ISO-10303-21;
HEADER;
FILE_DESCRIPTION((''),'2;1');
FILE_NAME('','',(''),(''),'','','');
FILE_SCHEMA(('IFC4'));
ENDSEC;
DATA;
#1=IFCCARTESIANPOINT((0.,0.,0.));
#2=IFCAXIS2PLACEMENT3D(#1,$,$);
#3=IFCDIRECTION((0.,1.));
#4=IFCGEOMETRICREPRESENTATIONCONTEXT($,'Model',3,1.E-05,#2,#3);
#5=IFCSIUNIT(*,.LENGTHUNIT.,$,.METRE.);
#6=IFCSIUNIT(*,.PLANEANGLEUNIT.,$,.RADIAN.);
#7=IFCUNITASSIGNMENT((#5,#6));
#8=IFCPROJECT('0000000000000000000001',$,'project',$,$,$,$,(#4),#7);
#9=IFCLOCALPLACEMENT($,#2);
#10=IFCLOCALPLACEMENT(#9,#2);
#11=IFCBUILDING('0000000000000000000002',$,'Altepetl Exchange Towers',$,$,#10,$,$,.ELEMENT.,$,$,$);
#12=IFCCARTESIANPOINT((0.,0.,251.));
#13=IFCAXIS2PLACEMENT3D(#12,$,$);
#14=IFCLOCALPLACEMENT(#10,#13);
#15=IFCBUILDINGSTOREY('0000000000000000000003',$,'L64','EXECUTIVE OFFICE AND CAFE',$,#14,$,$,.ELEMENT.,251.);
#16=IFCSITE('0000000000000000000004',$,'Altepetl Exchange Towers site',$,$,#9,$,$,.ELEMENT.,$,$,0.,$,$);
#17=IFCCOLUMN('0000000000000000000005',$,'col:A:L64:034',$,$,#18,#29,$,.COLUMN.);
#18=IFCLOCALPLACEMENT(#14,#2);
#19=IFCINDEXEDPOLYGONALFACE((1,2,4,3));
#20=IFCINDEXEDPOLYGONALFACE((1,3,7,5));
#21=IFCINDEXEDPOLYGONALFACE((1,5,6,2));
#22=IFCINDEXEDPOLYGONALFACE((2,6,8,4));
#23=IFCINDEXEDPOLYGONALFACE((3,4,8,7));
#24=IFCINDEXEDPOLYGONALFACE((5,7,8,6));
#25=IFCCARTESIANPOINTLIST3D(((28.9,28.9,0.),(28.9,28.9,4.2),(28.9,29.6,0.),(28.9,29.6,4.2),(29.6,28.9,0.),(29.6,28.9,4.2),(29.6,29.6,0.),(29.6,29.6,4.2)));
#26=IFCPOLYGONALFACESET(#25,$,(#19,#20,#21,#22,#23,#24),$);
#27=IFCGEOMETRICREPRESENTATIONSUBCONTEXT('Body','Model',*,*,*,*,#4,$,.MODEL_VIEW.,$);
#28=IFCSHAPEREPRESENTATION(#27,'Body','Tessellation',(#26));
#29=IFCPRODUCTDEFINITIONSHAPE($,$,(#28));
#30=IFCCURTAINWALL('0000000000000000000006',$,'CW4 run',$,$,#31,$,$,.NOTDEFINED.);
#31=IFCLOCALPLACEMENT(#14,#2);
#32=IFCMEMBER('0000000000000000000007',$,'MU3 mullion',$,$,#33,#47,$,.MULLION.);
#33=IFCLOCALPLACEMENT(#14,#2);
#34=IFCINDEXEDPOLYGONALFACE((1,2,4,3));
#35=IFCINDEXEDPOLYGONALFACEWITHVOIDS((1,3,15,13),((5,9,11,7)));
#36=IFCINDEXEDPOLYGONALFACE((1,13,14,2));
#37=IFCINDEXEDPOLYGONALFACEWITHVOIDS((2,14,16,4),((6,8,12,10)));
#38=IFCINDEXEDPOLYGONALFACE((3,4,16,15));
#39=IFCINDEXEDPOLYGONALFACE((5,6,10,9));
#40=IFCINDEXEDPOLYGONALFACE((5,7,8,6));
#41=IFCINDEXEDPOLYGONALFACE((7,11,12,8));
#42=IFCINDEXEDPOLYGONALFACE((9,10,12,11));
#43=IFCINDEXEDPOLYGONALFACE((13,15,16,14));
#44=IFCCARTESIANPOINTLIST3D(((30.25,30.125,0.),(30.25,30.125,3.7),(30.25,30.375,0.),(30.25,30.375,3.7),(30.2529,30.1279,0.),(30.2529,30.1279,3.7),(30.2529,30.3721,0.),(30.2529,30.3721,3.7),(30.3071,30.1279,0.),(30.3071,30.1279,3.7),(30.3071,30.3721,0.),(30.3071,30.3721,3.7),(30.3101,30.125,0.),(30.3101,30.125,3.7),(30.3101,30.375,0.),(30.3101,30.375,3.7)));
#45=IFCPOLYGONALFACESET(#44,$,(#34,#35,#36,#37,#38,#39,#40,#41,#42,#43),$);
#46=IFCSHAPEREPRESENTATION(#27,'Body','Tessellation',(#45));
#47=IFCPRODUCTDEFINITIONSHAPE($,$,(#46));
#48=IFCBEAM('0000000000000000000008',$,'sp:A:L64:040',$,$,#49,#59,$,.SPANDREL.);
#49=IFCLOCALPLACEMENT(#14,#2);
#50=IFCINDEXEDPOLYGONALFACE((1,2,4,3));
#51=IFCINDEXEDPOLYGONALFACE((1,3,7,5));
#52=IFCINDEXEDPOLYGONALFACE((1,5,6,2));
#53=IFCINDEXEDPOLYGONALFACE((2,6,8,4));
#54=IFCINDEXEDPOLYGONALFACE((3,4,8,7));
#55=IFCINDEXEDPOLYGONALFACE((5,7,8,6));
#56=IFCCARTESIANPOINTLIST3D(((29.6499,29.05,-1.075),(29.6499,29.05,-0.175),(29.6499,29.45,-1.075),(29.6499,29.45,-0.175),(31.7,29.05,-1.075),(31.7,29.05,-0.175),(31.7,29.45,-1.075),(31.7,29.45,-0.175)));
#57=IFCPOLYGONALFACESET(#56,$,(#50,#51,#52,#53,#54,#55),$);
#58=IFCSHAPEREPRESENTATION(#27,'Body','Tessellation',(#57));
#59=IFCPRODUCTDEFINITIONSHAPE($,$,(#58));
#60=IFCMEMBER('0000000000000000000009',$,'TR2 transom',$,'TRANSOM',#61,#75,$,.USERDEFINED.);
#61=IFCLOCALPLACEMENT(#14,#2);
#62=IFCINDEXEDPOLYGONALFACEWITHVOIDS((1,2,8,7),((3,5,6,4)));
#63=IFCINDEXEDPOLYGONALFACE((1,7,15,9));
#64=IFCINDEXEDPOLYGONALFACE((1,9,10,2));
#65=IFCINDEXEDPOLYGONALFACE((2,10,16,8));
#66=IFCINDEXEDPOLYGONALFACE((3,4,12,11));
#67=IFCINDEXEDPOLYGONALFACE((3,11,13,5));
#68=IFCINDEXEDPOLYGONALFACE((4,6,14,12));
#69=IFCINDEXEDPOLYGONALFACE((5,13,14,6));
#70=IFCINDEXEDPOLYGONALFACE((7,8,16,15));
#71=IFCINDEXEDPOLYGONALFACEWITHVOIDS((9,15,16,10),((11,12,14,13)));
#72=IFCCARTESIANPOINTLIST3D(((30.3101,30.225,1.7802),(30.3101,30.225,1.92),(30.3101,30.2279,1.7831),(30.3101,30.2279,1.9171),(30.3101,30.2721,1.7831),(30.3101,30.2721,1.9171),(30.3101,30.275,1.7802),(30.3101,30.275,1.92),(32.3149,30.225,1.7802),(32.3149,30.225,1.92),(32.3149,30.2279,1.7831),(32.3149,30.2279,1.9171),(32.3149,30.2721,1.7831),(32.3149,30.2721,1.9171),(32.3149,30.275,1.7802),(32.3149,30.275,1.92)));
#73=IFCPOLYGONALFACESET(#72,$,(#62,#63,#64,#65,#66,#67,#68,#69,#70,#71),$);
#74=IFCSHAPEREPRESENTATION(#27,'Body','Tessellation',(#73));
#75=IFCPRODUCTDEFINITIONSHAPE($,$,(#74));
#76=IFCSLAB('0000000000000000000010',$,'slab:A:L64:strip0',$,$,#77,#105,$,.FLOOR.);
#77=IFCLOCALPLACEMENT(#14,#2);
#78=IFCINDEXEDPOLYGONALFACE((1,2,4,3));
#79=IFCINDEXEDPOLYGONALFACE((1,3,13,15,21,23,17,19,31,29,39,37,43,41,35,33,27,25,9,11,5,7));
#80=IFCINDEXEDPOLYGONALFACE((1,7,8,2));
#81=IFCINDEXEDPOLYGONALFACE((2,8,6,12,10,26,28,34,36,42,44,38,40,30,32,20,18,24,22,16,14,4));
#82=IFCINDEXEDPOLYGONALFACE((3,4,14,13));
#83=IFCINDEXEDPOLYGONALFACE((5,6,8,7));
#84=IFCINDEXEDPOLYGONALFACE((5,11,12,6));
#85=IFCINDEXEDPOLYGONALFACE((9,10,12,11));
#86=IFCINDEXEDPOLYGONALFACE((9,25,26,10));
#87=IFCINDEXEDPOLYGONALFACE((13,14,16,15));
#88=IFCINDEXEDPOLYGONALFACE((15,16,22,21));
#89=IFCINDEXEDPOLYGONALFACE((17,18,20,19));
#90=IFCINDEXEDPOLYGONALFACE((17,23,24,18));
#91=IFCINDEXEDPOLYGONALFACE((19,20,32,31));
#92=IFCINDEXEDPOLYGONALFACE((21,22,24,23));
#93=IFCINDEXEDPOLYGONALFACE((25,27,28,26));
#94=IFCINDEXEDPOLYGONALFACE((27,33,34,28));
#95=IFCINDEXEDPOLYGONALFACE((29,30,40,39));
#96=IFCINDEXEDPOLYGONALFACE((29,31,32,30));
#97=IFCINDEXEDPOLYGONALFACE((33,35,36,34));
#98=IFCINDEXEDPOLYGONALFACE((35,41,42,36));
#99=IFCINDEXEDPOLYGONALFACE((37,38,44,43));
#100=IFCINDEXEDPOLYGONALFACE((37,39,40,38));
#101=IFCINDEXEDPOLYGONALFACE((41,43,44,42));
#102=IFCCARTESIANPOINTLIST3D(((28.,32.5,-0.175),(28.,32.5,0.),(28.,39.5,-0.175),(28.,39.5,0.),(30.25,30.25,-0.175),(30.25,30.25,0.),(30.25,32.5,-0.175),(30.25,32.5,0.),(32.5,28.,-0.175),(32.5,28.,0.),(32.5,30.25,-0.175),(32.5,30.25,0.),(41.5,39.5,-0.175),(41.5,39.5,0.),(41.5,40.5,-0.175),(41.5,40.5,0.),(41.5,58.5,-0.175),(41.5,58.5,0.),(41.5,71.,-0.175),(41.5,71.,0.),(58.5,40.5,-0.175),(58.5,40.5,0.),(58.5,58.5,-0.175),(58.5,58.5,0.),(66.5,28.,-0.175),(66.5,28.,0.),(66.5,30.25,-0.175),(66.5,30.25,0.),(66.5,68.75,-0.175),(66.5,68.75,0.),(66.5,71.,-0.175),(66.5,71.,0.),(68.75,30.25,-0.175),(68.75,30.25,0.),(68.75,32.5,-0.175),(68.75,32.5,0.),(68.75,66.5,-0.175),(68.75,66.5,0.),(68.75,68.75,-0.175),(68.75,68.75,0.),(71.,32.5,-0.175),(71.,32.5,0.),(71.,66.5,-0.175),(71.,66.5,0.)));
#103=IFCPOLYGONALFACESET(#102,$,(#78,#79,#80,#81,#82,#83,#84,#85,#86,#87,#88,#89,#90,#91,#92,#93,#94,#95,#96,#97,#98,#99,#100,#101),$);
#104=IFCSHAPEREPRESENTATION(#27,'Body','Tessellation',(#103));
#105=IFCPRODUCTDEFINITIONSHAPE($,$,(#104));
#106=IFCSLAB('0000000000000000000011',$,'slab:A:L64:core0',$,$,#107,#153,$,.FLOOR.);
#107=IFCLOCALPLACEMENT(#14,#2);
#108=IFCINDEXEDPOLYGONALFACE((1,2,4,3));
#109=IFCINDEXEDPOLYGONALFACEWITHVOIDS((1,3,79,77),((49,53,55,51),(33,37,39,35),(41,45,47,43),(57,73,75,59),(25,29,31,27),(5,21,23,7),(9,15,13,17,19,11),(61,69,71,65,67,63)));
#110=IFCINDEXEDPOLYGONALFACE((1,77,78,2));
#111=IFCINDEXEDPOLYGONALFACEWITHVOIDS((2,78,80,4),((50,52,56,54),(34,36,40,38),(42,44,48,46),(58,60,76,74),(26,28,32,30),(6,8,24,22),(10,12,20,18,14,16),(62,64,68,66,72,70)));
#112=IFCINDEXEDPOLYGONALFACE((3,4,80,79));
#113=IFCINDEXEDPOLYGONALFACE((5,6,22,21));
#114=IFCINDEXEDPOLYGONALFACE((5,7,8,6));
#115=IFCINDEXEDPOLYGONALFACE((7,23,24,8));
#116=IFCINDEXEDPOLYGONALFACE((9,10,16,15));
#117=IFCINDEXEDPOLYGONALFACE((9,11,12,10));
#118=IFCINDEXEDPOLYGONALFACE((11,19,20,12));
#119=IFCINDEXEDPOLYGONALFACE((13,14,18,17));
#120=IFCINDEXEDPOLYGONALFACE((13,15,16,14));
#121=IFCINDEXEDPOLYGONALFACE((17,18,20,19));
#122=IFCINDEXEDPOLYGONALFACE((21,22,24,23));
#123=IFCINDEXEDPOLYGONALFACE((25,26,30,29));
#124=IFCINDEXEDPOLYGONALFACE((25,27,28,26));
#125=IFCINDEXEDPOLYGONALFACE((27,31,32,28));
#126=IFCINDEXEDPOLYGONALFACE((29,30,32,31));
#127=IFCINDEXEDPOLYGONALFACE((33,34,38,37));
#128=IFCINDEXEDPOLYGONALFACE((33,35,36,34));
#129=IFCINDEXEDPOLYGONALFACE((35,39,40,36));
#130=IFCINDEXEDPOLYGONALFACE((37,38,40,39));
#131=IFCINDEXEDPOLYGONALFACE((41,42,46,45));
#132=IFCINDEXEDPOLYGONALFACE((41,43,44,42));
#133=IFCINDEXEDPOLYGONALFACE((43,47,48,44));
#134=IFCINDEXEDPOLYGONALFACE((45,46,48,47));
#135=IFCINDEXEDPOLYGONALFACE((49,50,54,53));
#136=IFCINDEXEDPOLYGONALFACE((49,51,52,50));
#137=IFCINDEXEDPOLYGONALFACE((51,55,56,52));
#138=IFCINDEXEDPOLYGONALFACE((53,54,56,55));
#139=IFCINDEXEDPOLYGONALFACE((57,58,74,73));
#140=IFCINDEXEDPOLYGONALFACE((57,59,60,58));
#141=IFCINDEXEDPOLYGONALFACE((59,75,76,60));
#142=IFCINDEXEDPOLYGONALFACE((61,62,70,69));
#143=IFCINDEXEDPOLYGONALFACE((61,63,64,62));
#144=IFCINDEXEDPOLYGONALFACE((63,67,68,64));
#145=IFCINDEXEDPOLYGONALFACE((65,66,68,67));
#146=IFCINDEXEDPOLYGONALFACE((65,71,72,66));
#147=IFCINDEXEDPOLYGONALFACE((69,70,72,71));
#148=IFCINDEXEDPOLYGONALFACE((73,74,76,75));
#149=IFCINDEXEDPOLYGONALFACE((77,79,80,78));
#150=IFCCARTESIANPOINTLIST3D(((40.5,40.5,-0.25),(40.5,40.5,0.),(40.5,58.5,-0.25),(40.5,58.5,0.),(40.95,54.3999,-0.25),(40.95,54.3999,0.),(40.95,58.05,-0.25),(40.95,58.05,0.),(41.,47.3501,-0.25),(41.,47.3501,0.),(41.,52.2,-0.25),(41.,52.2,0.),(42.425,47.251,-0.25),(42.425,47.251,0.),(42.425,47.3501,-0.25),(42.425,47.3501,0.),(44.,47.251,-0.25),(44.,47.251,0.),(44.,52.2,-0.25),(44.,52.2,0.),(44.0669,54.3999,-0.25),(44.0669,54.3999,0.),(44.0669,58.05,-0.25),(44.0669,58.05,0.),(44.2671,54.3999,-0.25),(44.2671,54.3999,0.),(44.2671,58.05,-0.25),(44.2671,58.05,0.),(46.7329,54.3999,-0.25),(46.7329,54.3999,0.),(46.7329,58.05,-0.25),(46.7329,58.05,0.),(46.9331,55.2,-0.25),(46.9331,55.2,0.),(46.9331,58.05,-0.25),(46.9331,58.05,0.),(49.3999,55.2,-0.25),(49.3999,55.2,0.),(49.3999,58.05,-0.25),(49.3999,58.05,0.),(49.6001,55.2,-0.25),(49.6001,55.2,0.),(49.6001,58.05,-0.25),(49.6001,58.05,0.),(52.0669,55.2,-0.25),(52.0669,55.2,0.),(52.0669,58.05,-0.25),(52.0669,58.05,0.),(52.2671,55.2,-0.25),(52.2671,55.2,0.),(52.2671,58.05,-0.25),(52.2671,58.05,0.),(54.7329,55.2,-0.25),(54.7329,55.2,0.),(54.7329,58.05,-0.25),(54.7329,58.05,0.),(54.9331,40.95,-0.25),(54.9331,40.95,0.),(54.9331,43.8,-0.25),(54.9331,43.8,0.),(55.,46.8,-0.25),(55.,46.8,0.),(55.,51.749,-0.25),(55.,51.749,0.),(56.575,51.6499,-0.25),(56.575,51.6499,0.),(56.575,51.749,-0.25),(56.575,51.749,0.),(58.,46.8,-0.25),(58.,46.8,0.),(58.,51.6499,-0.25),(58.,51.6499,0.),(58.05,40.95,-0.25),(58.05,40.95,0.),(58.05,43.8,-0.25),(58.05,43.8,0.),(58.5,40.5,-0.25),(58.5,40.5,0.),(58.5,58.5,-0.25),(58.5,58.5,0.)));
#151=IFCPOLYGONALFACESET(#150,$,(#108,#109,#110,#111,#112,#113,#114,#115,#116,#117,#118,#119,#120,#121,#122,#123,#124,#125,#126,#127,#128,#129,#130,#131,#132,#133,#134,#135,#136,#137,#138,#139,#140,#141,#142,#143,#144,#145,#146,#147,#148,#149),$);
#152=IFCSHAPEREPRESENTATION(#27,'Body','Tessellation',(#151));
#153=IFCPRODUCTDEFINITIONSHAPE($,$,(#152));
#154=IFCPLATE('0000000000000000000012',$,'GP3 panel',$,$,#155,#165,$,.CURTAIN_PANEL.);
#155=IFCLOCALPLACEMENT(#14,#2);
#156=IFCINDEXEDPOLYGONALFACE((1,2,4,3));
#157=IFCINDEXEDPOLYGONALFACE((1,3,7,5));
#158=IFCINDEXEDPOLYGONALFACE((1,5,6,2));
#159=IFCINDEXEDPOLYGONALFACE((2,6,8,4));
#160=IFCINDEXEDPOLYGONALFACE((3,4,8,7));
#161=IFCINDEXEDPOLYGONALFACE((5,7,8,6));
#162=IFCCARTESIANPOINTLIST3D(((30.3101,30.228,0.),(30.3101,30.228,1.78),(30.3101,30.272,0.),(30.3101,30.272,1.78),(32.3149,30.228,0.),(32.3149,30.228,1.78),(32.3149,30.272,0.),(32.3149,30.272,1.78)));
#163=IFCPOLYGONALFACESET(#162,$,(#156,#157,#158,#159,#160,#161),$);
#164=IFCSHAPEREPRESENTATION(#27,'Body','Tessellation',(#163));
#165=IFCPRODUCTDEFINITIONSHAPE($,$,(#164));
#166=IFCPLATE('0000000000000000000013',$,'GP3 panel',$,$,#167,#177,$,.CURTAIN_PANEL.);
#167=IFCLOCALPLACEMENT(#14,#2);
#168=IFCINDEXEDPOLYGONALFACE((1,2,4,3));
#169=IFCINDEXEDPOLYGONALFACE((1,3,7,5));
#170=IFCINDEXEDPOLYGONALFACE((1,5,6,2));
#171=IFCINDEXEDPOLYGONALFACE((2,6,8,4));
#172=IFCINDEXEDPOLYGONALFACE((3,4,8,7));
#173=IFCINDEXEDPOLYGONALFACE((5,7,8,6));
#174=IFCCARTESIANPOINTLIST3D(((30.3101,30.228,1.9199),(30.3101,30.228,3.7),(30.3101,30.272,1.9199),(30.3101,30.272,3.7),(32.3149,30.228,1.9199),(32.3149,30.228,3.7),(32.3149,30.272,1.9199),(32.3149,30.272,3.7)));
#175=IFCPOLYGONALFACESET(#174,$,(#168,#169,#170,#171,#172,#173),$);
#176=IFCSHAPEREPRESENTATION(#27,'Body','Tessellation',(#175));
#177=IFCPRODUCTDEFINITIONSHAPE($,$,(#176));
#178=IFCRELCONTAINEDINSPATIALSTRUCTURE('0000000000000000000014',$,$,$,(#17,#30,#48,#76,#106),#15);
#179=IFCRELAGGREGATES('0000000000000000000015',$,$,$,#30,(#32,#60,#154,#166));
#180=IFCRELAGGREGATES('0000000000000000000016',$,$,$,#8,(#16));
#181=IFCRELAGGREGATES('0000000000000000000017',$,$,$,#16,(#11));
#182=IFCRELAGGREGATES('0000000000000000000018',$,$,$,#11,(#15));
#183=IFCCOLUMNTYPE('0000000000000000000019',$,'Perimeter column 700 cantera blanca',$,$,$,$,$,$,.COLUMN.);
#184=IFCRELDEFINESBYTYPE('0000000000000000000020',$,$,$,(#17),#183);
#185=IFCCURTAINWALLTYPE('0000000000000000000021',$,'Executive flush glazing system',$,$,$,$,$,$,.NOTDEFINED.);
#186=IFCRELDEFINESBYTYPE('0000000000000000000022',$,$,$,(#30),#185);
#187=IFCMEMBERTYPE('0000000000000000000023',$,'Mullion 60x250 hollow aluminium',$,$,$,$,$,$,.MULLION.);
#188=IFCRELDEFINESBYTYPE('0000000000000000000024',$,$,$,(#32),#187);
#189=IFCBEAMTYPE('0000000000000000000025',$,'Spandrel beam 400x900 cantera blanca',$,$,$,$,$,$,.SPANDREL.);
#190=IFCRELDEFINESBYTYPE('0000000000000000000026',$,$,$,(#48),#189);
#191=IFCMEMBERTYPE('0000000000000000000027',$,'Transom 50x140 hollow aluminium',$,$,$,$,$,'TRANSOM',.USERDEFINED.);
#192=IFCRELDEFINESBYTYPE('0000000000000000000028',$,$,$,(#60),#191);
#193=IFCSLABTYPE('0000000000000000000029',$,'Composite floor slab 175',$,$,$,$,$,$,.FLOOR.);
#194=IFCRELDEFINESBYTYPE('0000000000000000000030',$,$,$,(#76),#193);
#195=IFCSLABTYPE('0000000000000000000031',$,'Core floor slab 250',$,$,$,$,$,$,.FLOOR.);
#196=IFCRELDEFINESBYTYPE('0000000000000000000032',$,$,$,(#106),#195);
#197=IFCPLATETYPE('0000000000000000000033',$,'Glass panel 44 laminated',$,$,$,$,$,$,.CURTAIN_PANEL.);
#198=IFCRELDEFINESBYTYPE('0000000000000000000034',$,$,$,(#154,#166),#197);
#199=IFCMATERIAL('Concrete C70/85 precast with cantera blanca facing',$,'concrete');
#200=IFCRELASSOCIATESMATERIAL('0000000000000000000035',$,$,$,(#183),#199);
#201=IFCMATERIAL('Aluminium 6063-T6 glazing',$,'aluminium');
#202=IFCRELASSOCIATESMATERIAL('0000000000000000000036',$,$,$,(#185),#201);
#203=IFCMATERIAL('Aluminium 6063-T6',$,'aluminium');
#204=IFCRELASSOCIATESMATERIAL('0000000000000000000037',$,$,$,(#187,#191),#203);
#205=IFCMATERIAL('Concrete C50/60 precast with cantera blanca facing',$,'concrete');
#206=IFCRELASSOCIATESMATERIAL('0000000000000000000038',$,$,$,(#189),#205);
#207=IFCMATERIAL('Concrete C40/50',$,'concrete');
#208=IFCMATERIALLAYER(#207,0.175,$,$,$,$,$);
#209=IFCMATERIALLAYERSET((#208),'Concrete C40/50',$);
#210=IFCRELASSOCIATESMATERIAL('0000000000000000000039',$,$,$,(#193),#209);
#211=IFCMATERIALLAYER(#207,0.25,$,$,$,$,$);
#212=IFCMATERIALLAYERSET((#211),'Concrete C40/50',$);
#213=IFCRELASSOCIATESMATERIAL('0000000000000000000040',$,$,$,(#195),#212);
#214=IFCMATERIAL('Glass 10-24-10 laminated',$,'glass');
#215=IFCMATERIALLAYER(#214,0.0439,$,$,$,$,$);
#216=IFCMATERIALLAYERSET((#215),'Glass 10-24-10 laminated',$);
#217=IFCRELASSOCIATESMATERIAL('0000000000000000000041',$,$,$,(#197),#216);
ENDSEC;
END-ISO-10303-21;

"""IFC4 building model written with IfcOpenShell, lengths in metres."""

from ifc_helpers import new_model, si_unit, direction, frame, origin, origin_2d, place, context, subcontext, project, spatial, polyline, rectangle, hollow_rectangle, outline, extrude, material, layer, layer_set, material_profile, profile_set, type_object, element, aggregate, save


model = new_model("IFC4")

# Units and contexts
model_context = context("Model", 3, precision=1e-05, world=origin(), true_north=direction((0.0, 1.0)))
body_context = subcontext(model_context, "Body", "Model", "MODEL_VIEW")
ifc_project = project(units=[si_unit("LENGTHUNIT", "METRE"), si_unit("PLANEANGLEUNIT", "RADIAN")], contexts=[model_context])

# Site, building, storey
site_placement = place(None, origin())
site = spatial("IfcSite", under=ifc_project, at=site_placement, Name="Altepetl Exchange Towers site", CompositionType="ELEMENT", RefElevation=0.0)
building_placement = place(site_placement, origin())
building = spatial("IfcBuilding", under=site, at=building_placement, Name="Altepetl Exchange Towers", CompositionType="ELEMENT")
storey_placement = place(building_placement, frame((0.0, 0.0, 251.0)))
storey = spatial("IfcBuildingStorey", under=building, at=storey_placement, Name="L64", Description="EXECUTIVE OFFICE AND CAFE", CompositionType="ELEMENT", Elevation=251.0)

# Column
ifc_material_1 = material(Name="Concrete C70/85 precast with cantera blanca facing", Category="concrete")
ifc_material_profile_1 = material_profile(ifc_material_1, rectangle(XDim=0.7, YDim=0.7, at=origin_2d()), Name="700 x 700")
ifc_profile_set_1 = profile_set([ifc_material_profile_1], Name="Concrete C70/85 precast with cantera blanca facing")
column_type = type_object("IfcColumnType", Name="Perimeter column 700 cantera blanca", PredefinedType="COLUMN", material=ifc_profile_set_1)
column_placement = place(storey_placement, frame((29.25, 29.25, 0.0)))
element("IfcColumn", 1, at=column_placement, inside=storey, type_object=column_type, Name="col:A:L64:034", PredefinedType="COLUMN", context=body_context, shape_type="SweptSolid", body=[
    extrude(rectangle(XDim=0.7, YDim=0.7, at=origin_2d()), origin(), (0.0, 0.0, 1.0), 4.2),
])

# Curtain wall, member
ifc_material_2 = material(Name="Aluminium 6063-T6 glazing", Category="aluminium")
curtain_wall_type = type_object("IfcCurtainWallType", Name="Executive flush glazing system", PredefinedType="NOTDEFINED", material=ifc_material_2)
curtain_wall_placement = place(storey_placement, origin())
curtain_wall = element("IfcCurtainWall", 2, at=curtain_wall_placement, inside=storey, type_object=curtain_wall_type, Name="CW4 run", PredefinedType="NOTDEFINED")
ifc_material_3 = material(Name="Aluminium 6063-T6", Category="aluminium")
ifc_material_profile_2 = material_profile(ifc_material_3, hollow_rectangle(XDim=0.0601, YDim=0.25, WallThickness=0.0029, at=origin_2d()), Name="Mullion 60x250 hollow aluminium")
ifc_profile_set_2 = profile_set([ifc_material_profile_2], Name="Aluminium 6063-T6")
member_type_1 = type_object("IfcMemberType", Name="Mullion 60x250 hollow aluminium", PredefinedType="MULLION", material=ifc_profile_set_2)
member_1_placement = place(storey_placement, frame((30.28, 30.25, 0.0)))
member_1 = element("IfcMember", 3, at=member_1_placement, type_object=member_type_1, Name="MU3 mullion", PredefinedType="MULLION", context=body_context, shape_type="SweptSolid", body=[
    extrude(hollow_rectangle(XDim=0.0601, YDim=0.25, WallThickness=0.0029, at=origin_2d()), origin(), (0.0, 0.0, 1.0), 3.7),
])

# Beam
ifc_material_4 = material(Name="Concrete C50/60 precast with cantera blanca facing", Category="concrete")
ifc_material_profile_3 = material_profile(ifc_material_4, rectangle(XDim=0.3999, YDim=0.8999, at=origin_2d()), Name="400 x 900")
ifc_profile_set_3 = profile_set([ifc_material_profile_3], Name="Concrete C50/60 precast with cantera blanca facing")
beam_type = type_object("IfcBeamType", Name="Spandrel beam 400x900 cantera blanca", PredefinedType="SPANDREL", material=ifc_profile_set_3)
beam_placement = place(storey_placement, frame((29.6499, 29.25, -0.625), z_axis=(1.0, 0.0, 0.0), x_axis=(0.0, 1.0, 0.0)))
element("IfcBeam", 4, at=beam_placement, inside=storey, type_object=beam_type, Name="sp:A:L64:040", PredefinedType="SPANDREL", context=body_context, shape_type="SweptSolid", body=[
    extrude(rectangle(XDim=0.3999, YDim=0.8999, at=origin_2d()), origin(), (0.0, 0.0, 1.0), 2.05),
])

# Member
ifc_material_profile_4 = material_profile(ifc_material_3, hollow_rectangle(XDim=0.05, YDim=0.1399, WallThickness=0.0029, at=origin_2d()), Name="Transom 50x140 hollow aluminium")
ifc_profile_set_4 = profile_set([ifc_material_profile_4], Name="Aluminium 6063-T6")
member_type_2 = type_object("IfcMemberType", Name="Transom 50x140 hollow aluminium", ElementType="TRANSOM", PredefinedType="USERDEFINED", material=ifc_profile_set_4)
member_2_placement = place(storey_placement, frame((30.3101, 30.25, 1.8501), z_axis=(1.0, 0.0, 0.0), x_axis=(0.0, 1.0, 0.0)))
member_2 = element("IfcMember", 5, at=member_2_placement, type_object=member_type_2, Name="TR2 transom", ObjectType="TRANSOM", PredefinedType="USERDEFINED", context=body_context, shape_type="SweptSolid", body=[
    extrude(hollow_rectangle(XDim=0.05, YDim=0.1399, WallThickness=0.0029, at=origin_2d()), origin(), (0.0, 0.0, 1.0), 2.0049),
])

# Slabs
ifc_material_5 = material(Name="Concrete C40/50", Category="concrete")
ifc_layer_1 = layer(ifc_material_5, 0.175)
ifc_layer_set_1 = layer_set([ifc_layer_1], Name="Concrete C40/50")
slab_type_1 = type_object("IfcSlabType", Name="Composite floor slab 175", PredefinedType="FLOOR", material=ifc_layer_set_1)
slab_1_placement = place(storey_placement, frame((0.0, 0.0, -0.175)))
element("IfcSlab", 6, at=slab_1_placement, inside=storey, type_object=slab_type_1, Name="slab:A:L64:strip0", PredefinedType="FLOOR", context=body_context, shape_type="SweptSolid", body=[
    extrude(outline(polyline([(41.5, 71.0), (41.5, 58.5), (58.5, 58.5), (58.5, 40.5), (41.5, 40.5), (41.5, 39.5), (28.0, 39.5), (28.0, 32.5), (30.25, 32.5), (30.25, 30.25), (32.5, 30.25), (32.5, 28.0), (66.5, 28.0), (66.5, 30.25), (68.75, 30.25), (68.75, 32.5), (71.0, 32.5), (71.0, 66.5), (68.75, 66.5), (68.75, 68.75), (66.5, 68.75), (66.5, 71.0), (41.5, 71.0)])), origin(), (0.0, 0.0, 1.0), 0.175),
])
ifc_layer_2 = layer(ifc_material_5, 0.25)
ifc_layer_set_2 = layer_set([ifc_layer_2], Name="Concrete C40/50")
slab_type_2 = type_object("IfcSlabType", Name="Core floor slab 250", PredefinedType="FLOOR", material=ifc_layer_set_2)
slab_2_placement = place(storey_placement, frame((0.0, 0.0, -0.25)))
element("IfcSlab", 7, at=slab_2_placement, inside=storey, type_object=slab_type_2, Name="slab:A:L64:core0", PredefinedType="FLOOR", context=body_context, shape_type="SweptSolid", body=[
    extrude(outline(polyline([(40.5, 40.5), (58.5, 40.5), (58.5, 58.5), (40.5, 58.5), (40.5, 40.5)]), holes=[polyline([(54.9331, 43.8), (58.05, 43.8), (58.05, 40.95), (54.9331, 40.95), (54.9331, 43.8)]), polyline([(55.0, 51.749), (56.575, 51.749), (56.575, 51.6499), (58.0, 51.6499), (58.0, 46.8), (55.0, 46.8), (55.0, 51.749)]), polyline([(44.0, 47.251), (42.425, 47.251), (42.425, 47.3501), (41.0, 47.3501), (41.0, 52.2), (44.0, 52.2), (44.0, 47.251)]), polyline([(40.95, 58.05), (44.0669, 58.05), (44.0669, 54.3999), (40.95, 54.3999), (40.95, 58.05)]), polyline([(44.2671, 58.05), (46.7329, 58.05), (46.7329, 54.3999), (44.2671, 54.3999), (44.2671, 58.05)]), polyline([(46.9331, 58.05), (49.3999, 58.05), (49.3999, 55.2), (46.9331, 55.2), (46.9331, 58.05)]), polyline([(49.6001, 58.05), (52.0669, 58.05), (52.0669, 55.2), (49.6001, 55.2), (49.6001, 58.05)]), polyline([(52.2671, 58.05), (54.7329, 58.05), (54.7329, 55.2), (52.2671, 55.2), (52.2671, 58.05)])]), origin(), (0.0, 0.0, 1.0), 0.25),
])

# Plates
ifc_material_6 = material(Name="Glass 10-24-10 laminated", Category="glass")
ifc_layer_3 = layer(ifc_material_6, 0.0439)
ifc_layer_set_3 = layer_set([ifc_layer_3], Name="Glass 10-24-10 laminated")
plate_type = type_object("IfcPlateType", Name="Glass panel 44 laminated", PredefinedType="CURTAIN_PANEL", material=ifc_layer_set_3)
plate_1_placement = place(storey_placement, frame((31.3125, 30.25, 0.0)))
plate_1 = element("IfcPlate", 8, at=plate_1_placement, type_object=plate_type, Name="GP3 panel", PredefinedType="CURTAIN_PANEL", context=body_context, shape_type="SweptSolid", body=[
    extrude(rectangle(XDim=2.0049, YDim=0.0439, at=origin_2d()), origin(), (0.0, 0.0, 1.0), 1.78),
])
plate_2_placement = place(storey_placement, frame((31.3125, 30.25, 1.9199)))
plate_2 = element("IfcPlate", 9, at=plate_2_placement, type_object=plate_type, Name="GP3 panel", PredefinedType="CURTAIN_PANEL", context=body_context, shape_type="SweptSolid", body=[
    extrude(rectangle(XDim=2.0049, YDim=0.0439, at=origin_2d()), origin(), (0.0, 0.0, 1.0), 1.78),
])
aggregate(curtain_wall, [member_1, member_2, plate_1, plate_2])

save(model, "model.ifc")
